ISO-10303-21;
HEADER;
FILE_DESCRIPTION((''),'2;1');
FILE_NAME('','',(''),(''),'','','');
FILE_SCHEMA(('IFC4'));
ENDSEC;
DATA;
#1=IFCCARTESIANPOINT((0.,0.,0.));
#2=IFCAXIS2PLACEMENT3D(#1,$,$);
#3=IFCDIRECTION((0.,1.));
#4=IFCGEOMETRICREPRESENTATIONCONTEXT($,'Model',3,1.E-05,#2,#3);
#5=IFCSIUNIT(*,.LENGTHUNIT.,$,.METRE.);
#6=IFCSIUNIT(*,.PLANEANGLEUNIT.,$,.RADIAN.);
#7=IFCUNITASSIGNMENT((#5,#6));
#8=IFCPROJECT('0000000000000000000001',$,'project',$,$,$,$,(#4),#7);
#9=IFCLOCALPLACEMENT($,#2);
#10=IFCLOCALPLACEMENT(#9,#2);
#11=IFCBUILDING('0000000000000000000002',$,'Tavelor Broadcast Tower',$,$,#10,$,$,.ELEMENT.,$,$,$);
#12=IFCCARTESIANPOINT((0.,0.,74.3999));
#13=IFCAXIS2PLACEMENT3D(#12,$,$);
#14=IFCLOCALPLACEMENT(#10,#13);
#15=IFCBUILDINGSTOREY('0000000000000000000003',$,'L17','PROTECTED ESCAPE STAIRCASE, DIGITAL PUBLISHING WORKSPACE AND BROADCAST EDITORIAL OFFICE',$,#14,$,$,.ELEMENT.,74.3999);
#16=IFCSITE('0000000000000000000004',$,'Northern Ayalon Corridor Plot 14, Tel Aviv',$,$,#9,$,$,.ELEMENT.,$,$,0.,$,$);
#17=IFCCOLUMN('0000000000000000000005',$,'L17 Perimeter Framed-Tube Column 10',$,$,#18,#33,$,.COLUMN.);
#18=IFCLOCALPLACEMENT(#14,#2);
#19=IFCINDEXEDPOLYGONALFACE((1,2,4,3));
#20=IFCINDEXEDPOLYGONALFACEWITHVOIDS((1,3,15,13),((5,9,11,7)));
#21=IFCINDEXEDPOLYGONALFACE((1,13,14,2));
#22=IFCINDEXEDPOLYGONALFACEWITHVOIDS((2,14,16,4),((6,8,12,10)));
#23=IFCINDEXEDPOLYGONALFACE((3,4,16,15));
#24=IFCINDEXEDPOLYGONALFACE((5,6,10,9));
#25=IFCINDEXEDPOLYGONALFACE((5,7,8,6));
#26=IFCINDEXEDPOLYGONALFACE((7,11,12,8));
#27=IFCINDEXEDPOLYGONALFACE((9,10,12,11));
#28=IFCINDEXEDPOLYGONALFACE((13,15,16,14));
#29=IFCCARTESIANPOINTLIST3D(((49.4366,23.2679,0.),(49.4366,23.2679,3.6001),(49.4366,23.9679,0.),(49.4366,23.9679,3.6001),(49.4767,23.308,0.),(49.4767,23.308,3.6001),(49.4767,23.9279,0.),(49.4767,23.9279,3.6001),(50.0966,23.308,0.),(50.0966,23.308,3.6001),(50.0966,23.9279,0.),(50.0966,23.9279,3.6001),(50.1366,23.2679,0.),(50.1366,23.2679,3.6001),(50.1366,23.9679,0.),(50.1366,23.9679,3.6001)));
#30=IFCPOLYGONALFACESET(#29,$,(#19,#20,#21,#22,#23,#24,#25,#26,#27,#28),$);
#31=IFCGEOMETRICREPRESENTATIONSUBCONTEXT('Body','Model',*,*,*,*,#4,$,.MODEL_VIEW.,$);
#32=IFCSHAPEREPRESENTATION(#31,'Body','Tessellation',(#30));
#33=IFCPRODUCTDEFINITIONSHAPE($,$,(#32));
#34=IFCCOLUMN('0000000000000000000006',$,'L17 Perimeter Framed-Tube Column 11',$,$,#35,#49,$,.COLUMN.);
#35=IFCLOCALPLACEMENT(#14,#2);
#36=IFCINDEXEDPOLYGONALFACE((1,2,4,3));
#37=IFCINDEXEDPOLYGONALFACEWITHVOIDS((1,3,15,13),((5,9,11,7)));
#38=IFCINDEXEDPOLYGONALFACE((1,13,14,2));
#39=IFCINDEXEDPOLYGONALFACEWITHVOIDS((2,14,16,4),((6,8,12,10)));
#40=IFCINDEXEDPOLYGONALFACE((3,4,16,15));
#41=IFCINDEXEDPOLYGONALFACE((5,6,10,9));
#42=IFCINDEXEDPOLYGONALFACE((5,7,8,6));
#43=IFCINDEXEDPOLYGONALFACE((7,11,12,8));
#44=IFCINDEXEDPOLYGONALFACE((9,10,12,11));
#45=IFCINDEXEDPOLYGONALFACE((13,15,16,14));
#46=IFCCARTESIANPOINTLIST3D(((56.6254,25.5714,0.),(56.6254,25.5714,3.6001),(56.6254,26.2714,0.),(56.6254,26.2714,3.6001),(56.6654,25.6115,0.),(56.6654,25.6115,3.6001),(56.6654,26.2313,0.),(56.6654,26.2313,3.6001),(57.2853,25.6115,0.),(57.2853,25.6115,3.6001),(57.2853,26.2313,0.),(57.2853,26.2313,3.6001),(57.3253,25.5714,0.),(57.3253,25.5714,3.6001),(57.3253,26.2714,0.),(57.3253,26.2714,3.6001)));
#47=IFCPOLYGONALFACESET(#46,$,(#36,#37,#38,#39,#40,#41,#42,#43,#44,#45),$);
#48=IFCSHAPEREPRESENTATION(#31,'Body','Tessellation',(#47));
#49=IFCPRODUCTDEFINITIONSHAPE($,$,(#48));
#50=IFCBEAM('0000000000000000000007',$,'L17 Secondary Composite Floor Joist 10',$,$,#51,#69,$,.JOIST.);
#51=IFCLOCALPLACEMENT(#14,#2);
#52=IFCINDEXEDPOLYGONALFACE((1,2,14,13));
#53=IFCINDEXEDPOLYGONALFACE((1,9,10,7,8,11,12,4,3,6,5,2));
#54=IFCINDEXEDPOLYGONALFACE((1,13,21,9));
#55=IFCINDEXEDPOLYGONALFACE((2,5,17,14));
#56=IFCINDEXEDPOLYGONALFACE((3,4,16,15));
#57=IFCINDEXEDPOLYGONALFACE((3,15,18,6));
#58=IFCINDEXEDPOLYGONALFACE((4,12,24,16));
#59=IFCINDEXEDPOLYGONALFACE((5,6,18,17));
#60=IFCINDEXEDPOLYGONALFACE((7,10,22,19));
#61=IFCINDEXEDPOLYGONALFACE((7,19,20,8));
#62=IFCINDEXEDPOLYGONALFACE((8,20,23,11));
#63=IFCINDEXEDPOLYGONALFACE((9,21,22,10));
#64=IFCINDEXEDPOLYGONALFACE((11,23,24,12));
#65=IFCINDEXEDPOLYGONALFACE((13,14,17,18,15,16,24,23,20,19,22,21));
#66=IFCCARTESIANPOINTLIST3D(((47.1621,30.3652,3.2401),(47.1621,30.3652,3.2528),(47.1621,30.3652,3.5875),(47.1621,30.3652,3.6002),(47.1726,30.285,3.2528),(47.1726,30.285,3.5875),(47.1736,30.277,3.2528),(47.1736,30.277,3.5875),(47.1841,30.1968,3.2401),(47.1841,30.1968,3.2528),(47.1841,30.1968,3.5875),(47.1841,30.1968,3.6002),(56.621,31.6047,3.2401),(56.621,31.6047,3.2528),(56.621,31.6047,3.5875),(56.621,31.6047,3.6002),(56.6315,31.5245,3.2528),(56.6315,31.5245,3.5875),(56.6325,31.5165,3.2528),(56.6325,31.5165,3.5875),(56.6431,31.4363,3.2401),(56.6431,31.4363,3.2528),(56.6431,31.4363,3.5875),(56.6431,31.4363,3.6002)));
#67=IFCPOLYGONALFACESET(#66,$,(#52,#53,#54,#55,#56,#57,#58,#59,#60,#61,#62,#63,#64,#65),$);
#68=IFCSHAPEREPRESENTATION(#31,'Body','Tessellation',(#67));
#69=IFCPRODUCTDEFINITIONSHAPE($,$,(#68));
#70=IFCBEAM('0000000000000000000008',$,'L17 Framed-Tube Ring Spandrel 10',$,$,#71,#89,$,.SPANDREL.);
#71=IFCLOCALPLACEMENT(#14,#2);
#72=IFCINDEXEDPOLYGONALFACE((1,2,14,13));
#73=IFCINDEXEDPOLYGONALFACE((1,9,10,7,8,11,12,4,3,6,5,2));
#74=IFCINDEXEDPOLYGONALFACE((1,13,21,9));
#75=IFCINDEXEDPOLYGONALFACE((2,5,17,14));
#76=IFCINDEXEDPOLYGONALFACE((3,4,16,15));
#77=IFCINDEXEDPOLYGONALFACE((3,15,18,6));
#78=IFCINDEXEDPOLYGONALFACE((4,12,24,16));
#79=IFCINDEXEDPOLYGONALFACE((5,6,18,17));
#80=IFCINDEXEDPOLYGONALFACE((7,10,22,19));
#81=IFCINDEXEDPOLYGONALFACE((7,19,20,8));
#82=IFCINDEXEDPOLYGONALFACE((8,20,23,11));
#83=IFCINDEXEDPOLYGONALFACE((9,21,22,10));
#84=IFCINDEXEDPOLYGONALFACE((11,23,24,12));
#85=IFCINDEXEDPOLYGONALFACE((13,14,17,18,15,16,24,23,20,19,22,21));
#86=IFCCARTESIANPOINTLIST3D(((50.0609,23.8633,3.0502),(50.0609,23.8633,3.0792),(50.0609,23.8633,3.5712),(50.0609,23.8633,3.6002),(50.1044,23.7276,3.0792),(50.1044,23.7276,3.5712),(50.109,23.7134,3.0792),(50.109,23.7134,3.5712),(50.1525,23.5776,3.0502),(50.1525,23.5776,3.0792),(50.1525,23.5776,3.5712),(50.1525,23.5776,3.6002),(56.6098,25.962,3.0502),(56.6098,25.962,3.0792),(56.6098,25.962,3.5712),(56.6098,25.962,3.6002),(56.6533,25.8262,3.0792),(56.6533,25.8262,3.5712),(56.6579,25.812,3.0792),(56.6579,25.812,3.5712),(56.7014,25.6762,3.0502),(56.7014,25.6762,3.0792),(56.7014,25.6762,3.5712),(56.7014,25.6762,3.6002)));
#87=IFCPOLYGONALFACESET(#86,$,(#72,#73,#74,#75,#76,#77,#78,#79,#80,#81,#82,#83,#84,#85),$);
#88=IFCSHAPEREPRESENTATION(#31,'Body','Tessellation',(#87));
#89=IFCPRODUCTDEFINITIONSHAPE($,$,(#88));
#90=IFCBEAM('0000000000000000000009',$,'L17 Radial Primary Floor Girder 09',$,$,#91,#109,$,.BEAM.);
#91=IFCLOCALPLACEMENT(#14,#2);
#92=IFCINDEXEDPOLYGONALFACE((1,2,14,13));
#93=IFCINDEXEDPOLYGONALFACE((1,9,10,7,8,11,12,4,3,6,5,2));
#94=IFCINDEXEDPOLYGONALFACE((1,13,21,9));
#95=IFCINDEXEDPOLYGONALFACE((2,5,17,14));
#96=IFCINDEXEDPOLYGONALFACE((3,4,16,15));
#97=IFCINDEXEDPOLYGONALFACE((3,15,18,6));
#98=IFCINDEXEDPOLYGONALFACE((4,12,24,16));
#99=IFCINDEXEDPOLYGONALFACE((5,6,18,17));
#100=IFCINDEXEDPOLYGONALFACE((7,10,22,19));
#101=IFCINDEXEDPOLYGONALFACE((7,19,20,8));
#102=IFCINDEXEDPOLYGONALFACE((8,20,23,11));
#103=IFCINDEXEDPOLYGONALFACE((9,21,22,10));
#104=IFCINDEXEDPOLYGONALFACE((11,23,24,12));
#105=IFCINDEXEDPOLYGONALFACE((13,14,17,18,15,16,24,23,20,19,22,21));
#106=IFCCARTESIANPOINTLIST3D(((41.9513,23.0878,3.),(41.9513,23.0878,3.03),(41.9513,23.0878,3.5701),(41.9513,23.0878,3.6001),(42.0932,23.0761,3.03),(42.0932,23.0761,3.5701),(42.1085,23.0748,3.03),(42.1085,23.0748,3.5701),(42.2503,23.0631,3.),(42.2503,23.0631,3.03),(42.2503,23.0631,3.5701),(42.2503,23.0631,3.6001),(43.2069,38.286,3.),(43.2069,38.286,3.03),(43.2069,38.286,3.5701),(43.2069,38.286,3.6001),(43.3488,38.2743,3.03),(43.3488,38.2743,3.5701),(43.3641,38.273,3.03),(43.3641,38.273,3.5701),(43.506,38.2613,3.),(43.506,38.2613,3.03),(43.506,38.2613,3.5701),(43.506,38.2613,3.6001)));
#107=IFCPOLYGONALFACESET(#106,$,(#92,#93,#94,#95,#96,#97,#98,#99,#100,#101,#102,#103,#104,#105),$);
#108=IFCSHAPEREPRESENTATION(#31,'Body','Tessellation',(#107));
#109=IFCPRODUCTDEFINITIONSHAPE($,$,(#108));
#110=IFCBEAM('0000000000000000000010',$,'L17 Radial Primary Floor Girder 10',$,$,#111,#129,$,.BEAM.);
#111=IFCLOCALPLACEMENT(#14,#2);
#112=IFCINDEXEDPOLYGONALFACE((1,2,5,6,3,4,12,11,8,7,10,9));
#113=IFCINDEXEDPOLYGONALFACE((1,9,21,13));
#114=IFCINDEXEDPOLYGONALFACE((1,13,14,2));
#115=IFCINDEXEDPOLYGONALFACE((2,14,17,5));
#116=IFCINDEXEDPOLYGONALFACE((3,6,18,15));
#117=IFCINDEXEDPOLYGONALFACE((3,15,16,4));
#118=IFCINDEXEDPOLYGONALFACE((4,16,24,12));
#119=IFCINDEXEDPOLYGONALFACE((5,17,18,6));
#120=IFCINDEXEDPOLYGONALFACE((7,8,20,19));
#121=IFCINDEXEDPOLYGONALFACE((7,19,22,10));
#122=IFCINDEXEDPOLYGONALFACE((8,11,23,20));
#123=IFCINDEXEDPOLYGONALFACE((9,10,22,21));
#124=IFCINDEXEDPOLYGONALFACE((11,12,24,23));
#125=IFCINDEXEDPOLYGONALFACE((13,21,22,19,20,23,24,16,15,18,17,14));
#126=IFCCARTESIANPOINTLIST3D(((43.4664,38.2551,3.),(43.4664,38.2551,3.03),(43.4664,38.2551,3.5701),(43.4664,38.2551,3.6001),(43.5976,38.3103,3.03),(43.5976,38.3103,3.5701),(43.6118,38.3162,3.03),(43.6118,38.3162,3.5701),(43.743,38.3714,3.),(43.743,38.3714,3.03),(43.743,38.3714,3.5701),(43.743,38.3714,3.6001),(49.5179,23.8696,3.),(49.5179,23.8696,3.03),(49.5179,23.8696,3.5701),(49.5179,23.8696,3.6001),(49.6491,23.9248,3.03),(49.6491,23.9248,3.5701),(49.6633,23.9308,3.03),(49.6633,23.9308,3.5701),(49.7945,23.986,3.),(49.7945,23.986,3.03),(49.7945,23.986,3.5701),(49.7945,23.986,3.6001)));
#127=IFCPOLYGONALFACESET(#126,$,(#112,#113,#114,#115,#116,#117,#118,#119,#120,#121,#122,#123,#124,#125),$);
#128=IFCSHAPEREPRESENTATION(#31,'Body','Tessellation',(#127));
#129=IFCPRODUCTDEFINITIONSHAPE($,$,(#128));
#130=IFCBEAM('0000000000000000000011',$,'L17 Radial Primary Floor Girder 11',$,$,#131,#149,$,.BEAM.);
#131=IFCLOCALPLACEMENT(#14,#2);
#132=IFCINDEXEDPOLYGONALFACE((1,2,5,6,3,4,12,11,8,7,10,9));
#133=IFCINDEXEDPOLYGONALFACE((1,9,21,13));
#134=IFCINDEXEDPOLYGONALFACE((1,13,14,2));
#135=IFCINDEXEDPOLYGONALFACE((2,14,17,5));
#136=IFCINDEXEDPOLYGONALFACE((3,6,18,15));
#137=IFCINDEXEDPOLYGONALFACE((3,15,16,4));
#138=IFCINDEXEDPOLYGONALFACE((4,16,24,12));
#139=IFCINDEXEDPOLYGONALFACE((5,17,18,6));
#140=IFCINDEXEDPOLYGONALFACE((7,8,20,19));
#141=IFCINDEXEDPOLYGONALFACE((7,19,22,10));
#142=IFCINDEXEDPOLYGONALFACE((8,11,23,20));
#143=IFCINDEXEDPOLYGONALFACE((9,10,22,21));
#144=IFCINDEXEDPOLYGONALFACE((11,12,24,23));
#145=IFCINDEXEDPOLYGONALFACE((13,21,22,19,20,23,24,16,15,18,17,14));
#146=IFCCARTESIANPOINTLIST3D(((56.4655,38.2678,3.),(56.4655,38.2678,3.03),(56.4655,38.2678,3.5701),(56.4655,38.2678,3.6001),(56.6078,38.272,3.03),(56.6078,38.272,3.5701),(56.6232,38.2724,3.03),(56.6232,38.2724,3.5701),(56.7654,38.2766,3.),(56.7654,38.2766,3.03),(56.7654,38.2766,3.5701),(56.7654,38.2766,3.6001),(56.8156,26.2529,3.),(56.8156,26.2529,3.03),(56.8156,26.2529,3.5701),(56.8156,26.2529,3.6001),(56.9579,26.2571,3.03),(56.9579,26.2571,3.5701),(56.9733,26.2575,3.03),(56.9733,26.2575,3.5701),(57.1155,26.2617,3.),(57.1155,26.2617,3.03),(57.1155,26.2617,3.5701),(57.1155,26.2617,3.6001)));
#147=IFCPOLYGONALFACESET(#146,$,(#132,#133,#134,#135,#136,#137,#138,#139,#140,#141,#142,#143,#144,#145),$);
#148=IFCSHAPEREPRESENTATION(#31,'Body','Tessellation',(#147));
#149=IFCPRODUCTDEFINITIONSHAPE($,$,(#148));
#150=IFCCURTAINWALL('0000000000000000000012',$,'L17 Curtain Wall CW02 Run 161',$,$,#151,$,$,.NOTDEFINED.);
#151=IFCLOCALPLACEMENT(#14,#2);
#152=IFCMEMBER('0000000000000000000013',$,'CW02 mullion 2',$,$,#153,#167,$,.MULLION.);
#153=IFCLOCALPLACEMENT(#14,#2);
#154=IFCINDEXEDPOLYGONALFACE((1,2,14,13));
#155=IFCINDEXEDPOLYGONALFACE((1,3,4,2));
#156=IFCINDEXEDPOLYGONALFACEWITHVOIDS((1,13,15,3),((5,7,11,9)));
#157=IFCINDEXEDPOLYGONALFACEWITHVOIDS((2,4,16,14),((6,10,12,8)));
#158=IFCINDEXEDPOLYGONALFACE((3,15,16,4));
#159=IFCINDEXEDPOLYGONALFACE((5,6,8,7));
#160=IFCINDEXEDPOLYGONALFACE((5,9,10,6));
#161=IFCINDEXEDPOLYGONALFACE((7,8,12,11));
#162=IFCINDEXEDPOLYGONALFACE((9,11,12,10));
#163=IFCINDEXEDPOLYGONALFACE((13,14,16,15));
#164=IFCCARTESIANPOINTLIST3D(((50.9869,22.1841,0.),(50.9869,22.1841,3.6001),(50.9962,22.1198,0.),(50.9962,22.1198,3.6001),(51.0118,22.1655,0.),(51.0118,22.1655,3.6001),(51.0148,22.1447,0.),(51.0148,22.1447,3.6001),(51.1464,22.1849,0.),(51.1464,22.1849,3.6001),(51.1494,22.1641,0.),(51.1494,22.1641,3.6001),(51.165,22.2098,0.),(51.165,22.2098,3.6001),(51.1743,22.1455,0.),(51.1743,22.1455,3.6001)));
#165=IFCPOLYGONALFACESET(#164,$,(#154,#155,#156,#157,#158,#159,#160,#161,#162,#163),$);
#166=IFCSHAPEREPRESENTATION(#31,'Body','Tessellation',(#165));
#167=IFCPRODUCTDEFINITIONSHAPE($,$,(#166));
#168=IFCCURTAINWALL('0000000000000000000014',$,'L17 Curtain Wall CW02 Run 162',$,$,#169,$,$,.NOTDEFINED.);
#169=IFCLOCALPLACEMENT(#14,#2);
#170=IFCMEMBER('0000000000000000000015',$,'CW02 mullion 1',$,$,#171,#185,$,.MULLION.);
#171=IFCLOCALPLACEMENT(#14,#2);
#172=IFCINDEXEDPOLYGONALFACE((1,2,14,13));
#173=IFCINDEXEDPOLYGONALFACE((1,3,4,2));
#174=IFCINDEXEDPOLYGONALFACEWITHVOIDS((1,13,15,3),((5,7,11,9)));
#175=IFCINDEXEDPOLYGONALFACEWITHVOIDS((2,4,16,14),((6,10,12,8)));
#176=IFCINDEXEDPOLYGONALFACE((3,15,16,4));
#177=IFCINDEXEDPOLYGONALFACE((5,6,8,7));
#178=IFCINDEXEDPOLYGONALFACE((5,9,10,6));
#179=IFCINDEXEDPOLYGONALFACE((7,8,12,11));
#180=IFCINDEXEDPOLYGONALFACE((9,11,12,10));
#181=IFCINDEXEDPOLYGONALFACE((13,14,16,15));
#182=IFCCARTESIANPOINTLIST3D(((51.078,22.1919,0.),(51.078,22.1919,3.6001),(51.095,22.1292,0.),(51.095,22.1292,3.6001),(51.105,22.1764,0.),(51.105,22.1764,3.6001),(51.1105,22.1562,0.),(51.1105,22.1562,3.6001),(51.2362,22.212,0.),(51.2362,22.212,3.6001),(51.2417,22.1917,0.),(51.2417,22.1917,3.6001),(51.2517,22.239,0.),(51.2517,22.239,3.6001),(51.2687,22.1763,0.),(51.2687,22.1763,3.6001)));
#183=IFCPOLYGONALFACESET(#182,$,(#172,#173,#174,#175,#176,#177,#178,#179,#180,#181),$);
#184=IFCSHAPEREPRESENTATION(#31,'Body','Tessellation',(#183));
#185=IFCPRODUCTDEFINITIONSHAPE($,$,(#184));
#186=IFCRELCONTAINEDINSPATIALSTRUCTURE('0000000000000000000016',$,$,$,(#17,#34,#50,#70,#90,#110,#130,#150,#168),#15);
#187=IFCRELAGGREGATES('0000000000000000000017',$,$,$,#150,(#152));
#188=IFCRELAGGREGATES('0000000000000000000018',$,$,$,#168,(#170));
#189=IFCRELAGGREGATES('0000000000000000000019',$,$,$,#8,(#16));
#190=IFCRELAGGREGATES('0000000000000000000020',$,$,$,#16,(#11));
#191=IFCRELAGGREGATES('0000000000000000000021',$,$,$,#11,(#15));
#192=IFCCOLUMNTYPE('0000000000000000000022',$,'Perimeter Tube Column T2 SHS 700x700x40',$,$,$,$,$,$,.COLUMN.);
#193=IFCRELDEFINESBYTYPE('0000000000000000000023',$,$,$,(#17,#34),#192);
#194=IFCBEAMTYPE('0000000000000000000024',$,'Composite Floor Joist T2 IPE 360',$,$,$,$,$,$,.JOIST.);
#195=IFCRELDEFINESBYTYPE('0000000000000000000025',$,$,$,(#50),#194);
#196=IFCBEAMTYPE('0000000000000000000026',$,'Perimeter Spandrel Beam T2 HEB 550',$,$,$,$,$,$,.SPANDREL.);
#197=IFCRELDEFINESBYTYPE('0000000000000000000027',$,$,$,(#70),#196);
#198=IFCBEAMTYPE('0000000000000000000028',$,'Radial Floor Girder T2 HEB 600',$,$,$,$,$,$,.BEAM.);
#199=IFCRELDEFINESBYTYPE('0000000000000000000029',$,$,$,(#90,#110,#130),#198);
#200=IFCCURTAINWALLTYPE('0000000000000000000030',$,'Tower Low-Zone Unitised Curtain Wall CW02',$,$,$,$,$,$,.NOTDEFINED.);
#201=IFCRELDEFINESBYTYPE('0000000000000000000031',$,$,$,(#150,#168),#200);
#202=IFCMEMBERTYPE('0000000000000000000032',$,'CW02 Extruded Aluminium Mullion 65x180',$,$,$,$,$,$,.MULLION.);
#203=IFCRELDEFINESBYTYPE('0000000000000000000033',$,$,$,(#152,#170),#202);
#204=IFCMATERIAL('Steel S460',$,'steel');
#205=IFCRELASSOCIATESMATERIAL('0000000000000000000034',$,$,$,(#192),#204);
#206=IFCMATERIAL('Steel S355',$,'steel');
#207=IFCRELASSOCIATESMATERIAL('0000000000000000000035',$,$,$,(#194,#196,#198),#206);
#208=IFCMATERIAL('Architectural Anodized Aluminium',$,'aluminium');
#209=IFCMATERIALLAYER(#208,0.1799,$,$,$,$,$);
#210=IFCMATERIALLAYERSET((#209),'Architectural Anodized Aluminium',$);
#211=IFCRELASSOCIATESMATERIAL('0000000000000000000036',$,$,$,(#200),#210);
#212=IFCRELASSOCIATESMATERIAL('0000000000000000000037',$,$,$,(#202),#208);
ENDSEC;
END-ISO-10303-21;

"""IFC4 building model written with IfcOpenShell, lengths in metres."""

from ifc_helpers import new_model, si_unit, direction, frame, origin, origin_2d, place, context, subcontext, project, spatial, hollow_rectangle, i_section, extrude, source, transform, mapped, material, layer, layer_set, material_profile, profile_set, type_object, type_shapes, element, aggregate, save


model = new_model("IFC4")

# Units and contexts
model_context = context("Model", 3, precision=1e-05, world=origin(), true_north=direction((0.0, 1.0)))
body_context = subcontext(model_context, "Body", "Model", "MODEL_VIEW")
ifc_project = project(units=[si_unit("LENGTHUNIT", "METRE"), si_unit("PLANEANGLEUNIT", "RADIAN")], contexts=[model_context])

# Site, building, storey
site_placement = place(None, origin())
site = spatial("IfcSite", under=ifc_project, at=site_placement, Name="Northern Ayalon Corridor Plot 14, Tel Aviv", CompositionType="ELEMENT", RefElevation=0.0)
building_placement = place(site_placement, origin())
building = spatial("IfcBuilding", under=site, at=building_placement, Name="Tavelor Broadcast Tower", CompositionType="ELEMENT")
storey_placement = place(building_placement, frame((0.0, 0.0, 74.3999)))
storey = spatial("IfcBuildingStorey", under=building, at=storey_placement, Name="L17", Description="PROTECTED ESCAPE STAIRCASE, DIGITAL PUBLISHING WORKSPACE AND BROADCAST EDITORIAL OFFICE", CompositionType="ELEMENT", Elevation=74.3999)

# Columns
ifc_material_1 = material(Name="Steel S460", Category="steel")
ifc_material_profile_1 = material_profile(ifc_material_1, hollow_rectangle(XDim=0.7, YDim=0.7, WallThickness=0.04, at=origin_2d()), Name="SHS 700x700x40")
ifc_profile_set_1 = profile_set([ifc_material_profile_1], Name="Steel S460")
column_type = type_object("IfcColumnType", Name="Perimeter Tube Column T2 SHS 700x700x40", PredefinedType="COLUMN", material=ifc_profile_set_1)
for number, where, z_axis, x_axis, name in (
    (1, (49.7866, 23.6179, 0.0), (0.0, 0.0, 1.0), (1.0, 0.0, 0.0), "L17 Perimeter Framed-Tube Column 10"),
    (2, (56.9753, 25.9214, 0.0), (0.0, 0.0, 1.0), (1.0, 0.0, 0.0), "L17 Perimeter Framed-Tube Column 11"),
):
    element("IfcColumn", number, at=place(storey_placement, frame(where, z_axis=z_axis, x_axis=x_axis)), inside=storey, type_object=column_type, Name=name, PredefinedType="COLUMN", context=body_context, shape_type="SweptSolid", body=[
        extrude(hollow_rectangle(XDim=0.7, YDim=0.7, WallThickness=0.04, at=origin_2d()), origin(), (0.0, 0.0, 1.0), 3.6001),
    ])

# Beams
ifc_material_2 = material(Name="Steel S355", Category="steel")
ifc_material_profile_2 = material_profile(ifc_material_2, i_section(OverallWidth=0.1699, OverallDepth=0.3601, WebThickness=0.0081, FlangeThickness=0.0127, at=origin_2d()), Name="IPE 360")
ifc_profile_set_2 = profile_set([ifc_material_profile_2], Name="Steel S355")
beam_type_1 = type_object("IfcBeamType", Name="Composite Floor Joist T2 IPE 360", PredefinedType="JOIST", material=ifc_profile_set_2)
beam_1_placement = place(storey_placement, frame((47.1731, 30.281, 3.4202), z_axis=(0.991523, 0.129929, 0.0), x_axis=(-0.129929, 0.991523, 0.0)))
element("IfcBeam", 3, at=beam_1_placement, inside=storey, type_object=beam_type_1, Name="L17 Secondary Composite Floor Joist 10", PredefinedType="JOIST", context=body_context, shape_type="SweptSolid", body=[
    extrude(i_section(OverallWidth=0.1699, OverallDepth=0.3601, WebThickness=0.0081, FlangeThickness=0.0127, at=origin_2d()), origin(), (0.0, 0.0, 1.0), 9.5398),
])
ifc_material_profile_3 = material_profile(ifc_material_2, i_section(OverallWidth=0.3, OverallDepth=0.55, WebThickness=0.0149, FlangeThickness=0.0291, at=origin_2d()), Name="HEB 550")
ifc_profile_set_3 = profile_set([ifc_material_profile_3], Name="Steel S355")
beam_type_2 = type_object("IfcBeamType", Name="Perimeter Spandrel Beam T2 HEB 550", PredefinedType="SPANDREL", material=ifc_profile_set_3)
beam_2_placement = place(storey_placement, frame((50.1067, 23.7205, 3.3252), z_axis=(0.952297, 0.305172, 0.0), x_axis=(-0.305172, 0.952297, 0.0)))
element("IfcBeam", 4, at=beam_2_placement, inside=storey, type_object=beam_type_2, Name="L17 Framed-Tube Ring Spandrel 10", PredefinedType="SPANDREL", context=body_context, shape_type="SweptSolid", body=[
    extrude(i_section(OverallWidth=0.3, OverallDepth=0.55, WebThickness=0.0149, FlangeThickness=0.0291, at=origin_2d()), origin(), (0.0, 0.0, 1.0), 6.877),
])
ifc_material_profile_4 = material_profile(ifc_material_2, i_section(OverallWidth=0.3, OverallDepth=0.6001, WebThickness=0.0154, FlangeThickness=0.03, at=origin_2d()), Name="HEB 600")
ifc_profile_set_4 = profile_set([ifc_material_profile_4], Name="Steel S355")
beam_type_3 = type_object("IfcBeamType", Name="Radial Floor Girder T2 HEB 600", PredefinedType="BEAM", material=ifc_profile_set_4)
beam_3_placement = place(storey_placement, frame((43.3564, 38.2737, 3.3), z_axis=(-0.082335, -0.996605, 0.0), x_axis=(0.996605, -0.082335, 0.0)))
element("IfcBeam", 5, at=beam_3_placement, inside=storey, type_object=beam_type_3, Name="L17 Radial Primary Floor Girder 09", PredefinedType="BEAM", context=body_context, shape_type="SweptSolid", body=[
    extrude(i_section(OverallWidth=0.3, OverallDepth=0.6001, WebThickness=0.0154, FlangeThickness=0.03, at=origin_2d()), origin(), (0.0, 0.0, 1.0), 15.25),
])
beam_4_placement = place(storey_placement, frame((43.6047, 38.3132, 3.3), z_axis=(0.387756, -0.921762, 0.0), x_axis=(0.921762, 0.387756, 0.0)))
element("IfcBeam", 6, at=beam_4_placement, inside=storey, type_object=beam_type_3, Name="L17 Radial Primary Floor Girder 10", PredefinedType="BEAM", context=body_context, shape_type="SweptSolid", body=[
    extrude(i_section(OverallWidth=0.3, OverallDepth=0.6001, WebThickness=0.0154, FlangeThickness=0.03, at=origin_2d()), origin(), (0.0, 0.0, 1.0), 15.6064),
])
beam_5_placement = place(storey_placement, frame((56.6155, 38.2722, 3.3), z_axis=(0.029126, -0.999576, 0.0), x_axis=(0.999576, 0.029126, 0.0)))
element("IfcBeam", 7, at=beam_5_placement, inside=storey, type_object=beam_type_3, Name="L17 Radial Primary Floor Girder 11", PredefinedType="BEAM", context=body_context, shape_type="SweptSolid", body=[
    extrude(i_section(OverallWidth=0.3, OverallDepth=0.6001, WebThickness=0.0154, FlangeThickness=0.03, at=origin_2d()), origin(), (0.0, 0.0, 1.0), 12.02),
])

# Curtain wall, member
ifc_material_3 = material(Name="Architectural Anodized Aluminium", Category="aluminium")
ifc_layer_1 = layer(ifc_material_3, 0.1799)
ifc_layer_set_1 = layer_set([ifc_layer_1], Name="Architectural Anodized Aluminium")
curtain_wall_type = type_object("IfcCurtainWallType", Name="Tower Low-Zone Unitised Curtain Wall CW02", PredefinedType="NOTDEFINED", material=ifc_layer_set_1)
curtain_wall_1_placement = place(storey_placement, origin())
curtain_wall_1 = element("IfcCurtainWall", 8, at=curtain_wall_1_placement, inside=storey, type_object=curtain_wall_type, Name="L17 Curtain Wall CW02 Run 161", PredefinedType="NOTDEFINED")
ifc_material_profile_5 = material_profile(ifc_material_3, hollow_rectangle(XDim=0.0649, YDim=0.1799, WallThickness=0.022, at=origin_2d()), Name="RHS 65x180x22")
ifc_profile_set_5 = profile_set([ifc_material_profile_5], Name="Architectural Anodized Aluminium")
member_type_1 = type_object("IfcMemberType", Name="CW02 Extruded Aluminium Mullion 65x180", PredefinedType="MULLION", material=ifc_profile_set_5)
shared_shape_1 = source(origin(), body_context, "Body", "SweptSolid", [
    extrude(hollow_rectangle(XDim=0.0649, YDim=0.1799, WallThickness=0.022, at=origin_2d()), origin(), (0.0, 0.0, 1.0), 3.6001),
])
type_shapes(member_type_1, [shared_shape_1])
member_1_placement = place(storey_placement, frame((51.0806, 22.1648, 0.0), z_axis=(0.0, 0.0, 1.0), x_axis=(-0.14305, 0.989716, 0.0)))
member_1 = element("IfcMember", 9, at=member_1_placement, type_object=member_type_1, Name="CW02 mullion 2", PredefinedType="MULLION", context=body_context, shape_type="MappedRepresentation", body=[
    mapped(shared_shape_1, transform((0.0, 0.0, 0.0), scale=1.0)),
])

# Curtain wall, member
curtain_wall_2_placement = place(storey_placement, origin())
curtain_wall_2 = element("IfcCurtainWall", 10, at=curtain_wall_2_placement, inside=storey, type_object=curtain_wall_type, Name="L17 Curtain Wall CW02 Run 162", PredefinedType="NOTDEFINED")
member_2_placement = place(storey_placement, frame((51.1733, 22.1841, 0.0), z_axis=(0.0, 0.0, 1.0), x_axis=(-0.26177, 0.96513, 0.0)))
member_2 = element("IfcMember", 11, at=member_2_placement, type_object=member_type_1, Name="CW02 mullion 1", PredefinedType="MULLION", context=body_context, shape_type="MappedRepresentation", body=[
    mapped(shared_shape_1, transform((0.0, 0.0, 0.0), scale=1.0)),
])

aggregate(curtain_wall_1, [member_1])
aggregate(curtain_wall_2, [member_2])

save(model, "model.ifc")
